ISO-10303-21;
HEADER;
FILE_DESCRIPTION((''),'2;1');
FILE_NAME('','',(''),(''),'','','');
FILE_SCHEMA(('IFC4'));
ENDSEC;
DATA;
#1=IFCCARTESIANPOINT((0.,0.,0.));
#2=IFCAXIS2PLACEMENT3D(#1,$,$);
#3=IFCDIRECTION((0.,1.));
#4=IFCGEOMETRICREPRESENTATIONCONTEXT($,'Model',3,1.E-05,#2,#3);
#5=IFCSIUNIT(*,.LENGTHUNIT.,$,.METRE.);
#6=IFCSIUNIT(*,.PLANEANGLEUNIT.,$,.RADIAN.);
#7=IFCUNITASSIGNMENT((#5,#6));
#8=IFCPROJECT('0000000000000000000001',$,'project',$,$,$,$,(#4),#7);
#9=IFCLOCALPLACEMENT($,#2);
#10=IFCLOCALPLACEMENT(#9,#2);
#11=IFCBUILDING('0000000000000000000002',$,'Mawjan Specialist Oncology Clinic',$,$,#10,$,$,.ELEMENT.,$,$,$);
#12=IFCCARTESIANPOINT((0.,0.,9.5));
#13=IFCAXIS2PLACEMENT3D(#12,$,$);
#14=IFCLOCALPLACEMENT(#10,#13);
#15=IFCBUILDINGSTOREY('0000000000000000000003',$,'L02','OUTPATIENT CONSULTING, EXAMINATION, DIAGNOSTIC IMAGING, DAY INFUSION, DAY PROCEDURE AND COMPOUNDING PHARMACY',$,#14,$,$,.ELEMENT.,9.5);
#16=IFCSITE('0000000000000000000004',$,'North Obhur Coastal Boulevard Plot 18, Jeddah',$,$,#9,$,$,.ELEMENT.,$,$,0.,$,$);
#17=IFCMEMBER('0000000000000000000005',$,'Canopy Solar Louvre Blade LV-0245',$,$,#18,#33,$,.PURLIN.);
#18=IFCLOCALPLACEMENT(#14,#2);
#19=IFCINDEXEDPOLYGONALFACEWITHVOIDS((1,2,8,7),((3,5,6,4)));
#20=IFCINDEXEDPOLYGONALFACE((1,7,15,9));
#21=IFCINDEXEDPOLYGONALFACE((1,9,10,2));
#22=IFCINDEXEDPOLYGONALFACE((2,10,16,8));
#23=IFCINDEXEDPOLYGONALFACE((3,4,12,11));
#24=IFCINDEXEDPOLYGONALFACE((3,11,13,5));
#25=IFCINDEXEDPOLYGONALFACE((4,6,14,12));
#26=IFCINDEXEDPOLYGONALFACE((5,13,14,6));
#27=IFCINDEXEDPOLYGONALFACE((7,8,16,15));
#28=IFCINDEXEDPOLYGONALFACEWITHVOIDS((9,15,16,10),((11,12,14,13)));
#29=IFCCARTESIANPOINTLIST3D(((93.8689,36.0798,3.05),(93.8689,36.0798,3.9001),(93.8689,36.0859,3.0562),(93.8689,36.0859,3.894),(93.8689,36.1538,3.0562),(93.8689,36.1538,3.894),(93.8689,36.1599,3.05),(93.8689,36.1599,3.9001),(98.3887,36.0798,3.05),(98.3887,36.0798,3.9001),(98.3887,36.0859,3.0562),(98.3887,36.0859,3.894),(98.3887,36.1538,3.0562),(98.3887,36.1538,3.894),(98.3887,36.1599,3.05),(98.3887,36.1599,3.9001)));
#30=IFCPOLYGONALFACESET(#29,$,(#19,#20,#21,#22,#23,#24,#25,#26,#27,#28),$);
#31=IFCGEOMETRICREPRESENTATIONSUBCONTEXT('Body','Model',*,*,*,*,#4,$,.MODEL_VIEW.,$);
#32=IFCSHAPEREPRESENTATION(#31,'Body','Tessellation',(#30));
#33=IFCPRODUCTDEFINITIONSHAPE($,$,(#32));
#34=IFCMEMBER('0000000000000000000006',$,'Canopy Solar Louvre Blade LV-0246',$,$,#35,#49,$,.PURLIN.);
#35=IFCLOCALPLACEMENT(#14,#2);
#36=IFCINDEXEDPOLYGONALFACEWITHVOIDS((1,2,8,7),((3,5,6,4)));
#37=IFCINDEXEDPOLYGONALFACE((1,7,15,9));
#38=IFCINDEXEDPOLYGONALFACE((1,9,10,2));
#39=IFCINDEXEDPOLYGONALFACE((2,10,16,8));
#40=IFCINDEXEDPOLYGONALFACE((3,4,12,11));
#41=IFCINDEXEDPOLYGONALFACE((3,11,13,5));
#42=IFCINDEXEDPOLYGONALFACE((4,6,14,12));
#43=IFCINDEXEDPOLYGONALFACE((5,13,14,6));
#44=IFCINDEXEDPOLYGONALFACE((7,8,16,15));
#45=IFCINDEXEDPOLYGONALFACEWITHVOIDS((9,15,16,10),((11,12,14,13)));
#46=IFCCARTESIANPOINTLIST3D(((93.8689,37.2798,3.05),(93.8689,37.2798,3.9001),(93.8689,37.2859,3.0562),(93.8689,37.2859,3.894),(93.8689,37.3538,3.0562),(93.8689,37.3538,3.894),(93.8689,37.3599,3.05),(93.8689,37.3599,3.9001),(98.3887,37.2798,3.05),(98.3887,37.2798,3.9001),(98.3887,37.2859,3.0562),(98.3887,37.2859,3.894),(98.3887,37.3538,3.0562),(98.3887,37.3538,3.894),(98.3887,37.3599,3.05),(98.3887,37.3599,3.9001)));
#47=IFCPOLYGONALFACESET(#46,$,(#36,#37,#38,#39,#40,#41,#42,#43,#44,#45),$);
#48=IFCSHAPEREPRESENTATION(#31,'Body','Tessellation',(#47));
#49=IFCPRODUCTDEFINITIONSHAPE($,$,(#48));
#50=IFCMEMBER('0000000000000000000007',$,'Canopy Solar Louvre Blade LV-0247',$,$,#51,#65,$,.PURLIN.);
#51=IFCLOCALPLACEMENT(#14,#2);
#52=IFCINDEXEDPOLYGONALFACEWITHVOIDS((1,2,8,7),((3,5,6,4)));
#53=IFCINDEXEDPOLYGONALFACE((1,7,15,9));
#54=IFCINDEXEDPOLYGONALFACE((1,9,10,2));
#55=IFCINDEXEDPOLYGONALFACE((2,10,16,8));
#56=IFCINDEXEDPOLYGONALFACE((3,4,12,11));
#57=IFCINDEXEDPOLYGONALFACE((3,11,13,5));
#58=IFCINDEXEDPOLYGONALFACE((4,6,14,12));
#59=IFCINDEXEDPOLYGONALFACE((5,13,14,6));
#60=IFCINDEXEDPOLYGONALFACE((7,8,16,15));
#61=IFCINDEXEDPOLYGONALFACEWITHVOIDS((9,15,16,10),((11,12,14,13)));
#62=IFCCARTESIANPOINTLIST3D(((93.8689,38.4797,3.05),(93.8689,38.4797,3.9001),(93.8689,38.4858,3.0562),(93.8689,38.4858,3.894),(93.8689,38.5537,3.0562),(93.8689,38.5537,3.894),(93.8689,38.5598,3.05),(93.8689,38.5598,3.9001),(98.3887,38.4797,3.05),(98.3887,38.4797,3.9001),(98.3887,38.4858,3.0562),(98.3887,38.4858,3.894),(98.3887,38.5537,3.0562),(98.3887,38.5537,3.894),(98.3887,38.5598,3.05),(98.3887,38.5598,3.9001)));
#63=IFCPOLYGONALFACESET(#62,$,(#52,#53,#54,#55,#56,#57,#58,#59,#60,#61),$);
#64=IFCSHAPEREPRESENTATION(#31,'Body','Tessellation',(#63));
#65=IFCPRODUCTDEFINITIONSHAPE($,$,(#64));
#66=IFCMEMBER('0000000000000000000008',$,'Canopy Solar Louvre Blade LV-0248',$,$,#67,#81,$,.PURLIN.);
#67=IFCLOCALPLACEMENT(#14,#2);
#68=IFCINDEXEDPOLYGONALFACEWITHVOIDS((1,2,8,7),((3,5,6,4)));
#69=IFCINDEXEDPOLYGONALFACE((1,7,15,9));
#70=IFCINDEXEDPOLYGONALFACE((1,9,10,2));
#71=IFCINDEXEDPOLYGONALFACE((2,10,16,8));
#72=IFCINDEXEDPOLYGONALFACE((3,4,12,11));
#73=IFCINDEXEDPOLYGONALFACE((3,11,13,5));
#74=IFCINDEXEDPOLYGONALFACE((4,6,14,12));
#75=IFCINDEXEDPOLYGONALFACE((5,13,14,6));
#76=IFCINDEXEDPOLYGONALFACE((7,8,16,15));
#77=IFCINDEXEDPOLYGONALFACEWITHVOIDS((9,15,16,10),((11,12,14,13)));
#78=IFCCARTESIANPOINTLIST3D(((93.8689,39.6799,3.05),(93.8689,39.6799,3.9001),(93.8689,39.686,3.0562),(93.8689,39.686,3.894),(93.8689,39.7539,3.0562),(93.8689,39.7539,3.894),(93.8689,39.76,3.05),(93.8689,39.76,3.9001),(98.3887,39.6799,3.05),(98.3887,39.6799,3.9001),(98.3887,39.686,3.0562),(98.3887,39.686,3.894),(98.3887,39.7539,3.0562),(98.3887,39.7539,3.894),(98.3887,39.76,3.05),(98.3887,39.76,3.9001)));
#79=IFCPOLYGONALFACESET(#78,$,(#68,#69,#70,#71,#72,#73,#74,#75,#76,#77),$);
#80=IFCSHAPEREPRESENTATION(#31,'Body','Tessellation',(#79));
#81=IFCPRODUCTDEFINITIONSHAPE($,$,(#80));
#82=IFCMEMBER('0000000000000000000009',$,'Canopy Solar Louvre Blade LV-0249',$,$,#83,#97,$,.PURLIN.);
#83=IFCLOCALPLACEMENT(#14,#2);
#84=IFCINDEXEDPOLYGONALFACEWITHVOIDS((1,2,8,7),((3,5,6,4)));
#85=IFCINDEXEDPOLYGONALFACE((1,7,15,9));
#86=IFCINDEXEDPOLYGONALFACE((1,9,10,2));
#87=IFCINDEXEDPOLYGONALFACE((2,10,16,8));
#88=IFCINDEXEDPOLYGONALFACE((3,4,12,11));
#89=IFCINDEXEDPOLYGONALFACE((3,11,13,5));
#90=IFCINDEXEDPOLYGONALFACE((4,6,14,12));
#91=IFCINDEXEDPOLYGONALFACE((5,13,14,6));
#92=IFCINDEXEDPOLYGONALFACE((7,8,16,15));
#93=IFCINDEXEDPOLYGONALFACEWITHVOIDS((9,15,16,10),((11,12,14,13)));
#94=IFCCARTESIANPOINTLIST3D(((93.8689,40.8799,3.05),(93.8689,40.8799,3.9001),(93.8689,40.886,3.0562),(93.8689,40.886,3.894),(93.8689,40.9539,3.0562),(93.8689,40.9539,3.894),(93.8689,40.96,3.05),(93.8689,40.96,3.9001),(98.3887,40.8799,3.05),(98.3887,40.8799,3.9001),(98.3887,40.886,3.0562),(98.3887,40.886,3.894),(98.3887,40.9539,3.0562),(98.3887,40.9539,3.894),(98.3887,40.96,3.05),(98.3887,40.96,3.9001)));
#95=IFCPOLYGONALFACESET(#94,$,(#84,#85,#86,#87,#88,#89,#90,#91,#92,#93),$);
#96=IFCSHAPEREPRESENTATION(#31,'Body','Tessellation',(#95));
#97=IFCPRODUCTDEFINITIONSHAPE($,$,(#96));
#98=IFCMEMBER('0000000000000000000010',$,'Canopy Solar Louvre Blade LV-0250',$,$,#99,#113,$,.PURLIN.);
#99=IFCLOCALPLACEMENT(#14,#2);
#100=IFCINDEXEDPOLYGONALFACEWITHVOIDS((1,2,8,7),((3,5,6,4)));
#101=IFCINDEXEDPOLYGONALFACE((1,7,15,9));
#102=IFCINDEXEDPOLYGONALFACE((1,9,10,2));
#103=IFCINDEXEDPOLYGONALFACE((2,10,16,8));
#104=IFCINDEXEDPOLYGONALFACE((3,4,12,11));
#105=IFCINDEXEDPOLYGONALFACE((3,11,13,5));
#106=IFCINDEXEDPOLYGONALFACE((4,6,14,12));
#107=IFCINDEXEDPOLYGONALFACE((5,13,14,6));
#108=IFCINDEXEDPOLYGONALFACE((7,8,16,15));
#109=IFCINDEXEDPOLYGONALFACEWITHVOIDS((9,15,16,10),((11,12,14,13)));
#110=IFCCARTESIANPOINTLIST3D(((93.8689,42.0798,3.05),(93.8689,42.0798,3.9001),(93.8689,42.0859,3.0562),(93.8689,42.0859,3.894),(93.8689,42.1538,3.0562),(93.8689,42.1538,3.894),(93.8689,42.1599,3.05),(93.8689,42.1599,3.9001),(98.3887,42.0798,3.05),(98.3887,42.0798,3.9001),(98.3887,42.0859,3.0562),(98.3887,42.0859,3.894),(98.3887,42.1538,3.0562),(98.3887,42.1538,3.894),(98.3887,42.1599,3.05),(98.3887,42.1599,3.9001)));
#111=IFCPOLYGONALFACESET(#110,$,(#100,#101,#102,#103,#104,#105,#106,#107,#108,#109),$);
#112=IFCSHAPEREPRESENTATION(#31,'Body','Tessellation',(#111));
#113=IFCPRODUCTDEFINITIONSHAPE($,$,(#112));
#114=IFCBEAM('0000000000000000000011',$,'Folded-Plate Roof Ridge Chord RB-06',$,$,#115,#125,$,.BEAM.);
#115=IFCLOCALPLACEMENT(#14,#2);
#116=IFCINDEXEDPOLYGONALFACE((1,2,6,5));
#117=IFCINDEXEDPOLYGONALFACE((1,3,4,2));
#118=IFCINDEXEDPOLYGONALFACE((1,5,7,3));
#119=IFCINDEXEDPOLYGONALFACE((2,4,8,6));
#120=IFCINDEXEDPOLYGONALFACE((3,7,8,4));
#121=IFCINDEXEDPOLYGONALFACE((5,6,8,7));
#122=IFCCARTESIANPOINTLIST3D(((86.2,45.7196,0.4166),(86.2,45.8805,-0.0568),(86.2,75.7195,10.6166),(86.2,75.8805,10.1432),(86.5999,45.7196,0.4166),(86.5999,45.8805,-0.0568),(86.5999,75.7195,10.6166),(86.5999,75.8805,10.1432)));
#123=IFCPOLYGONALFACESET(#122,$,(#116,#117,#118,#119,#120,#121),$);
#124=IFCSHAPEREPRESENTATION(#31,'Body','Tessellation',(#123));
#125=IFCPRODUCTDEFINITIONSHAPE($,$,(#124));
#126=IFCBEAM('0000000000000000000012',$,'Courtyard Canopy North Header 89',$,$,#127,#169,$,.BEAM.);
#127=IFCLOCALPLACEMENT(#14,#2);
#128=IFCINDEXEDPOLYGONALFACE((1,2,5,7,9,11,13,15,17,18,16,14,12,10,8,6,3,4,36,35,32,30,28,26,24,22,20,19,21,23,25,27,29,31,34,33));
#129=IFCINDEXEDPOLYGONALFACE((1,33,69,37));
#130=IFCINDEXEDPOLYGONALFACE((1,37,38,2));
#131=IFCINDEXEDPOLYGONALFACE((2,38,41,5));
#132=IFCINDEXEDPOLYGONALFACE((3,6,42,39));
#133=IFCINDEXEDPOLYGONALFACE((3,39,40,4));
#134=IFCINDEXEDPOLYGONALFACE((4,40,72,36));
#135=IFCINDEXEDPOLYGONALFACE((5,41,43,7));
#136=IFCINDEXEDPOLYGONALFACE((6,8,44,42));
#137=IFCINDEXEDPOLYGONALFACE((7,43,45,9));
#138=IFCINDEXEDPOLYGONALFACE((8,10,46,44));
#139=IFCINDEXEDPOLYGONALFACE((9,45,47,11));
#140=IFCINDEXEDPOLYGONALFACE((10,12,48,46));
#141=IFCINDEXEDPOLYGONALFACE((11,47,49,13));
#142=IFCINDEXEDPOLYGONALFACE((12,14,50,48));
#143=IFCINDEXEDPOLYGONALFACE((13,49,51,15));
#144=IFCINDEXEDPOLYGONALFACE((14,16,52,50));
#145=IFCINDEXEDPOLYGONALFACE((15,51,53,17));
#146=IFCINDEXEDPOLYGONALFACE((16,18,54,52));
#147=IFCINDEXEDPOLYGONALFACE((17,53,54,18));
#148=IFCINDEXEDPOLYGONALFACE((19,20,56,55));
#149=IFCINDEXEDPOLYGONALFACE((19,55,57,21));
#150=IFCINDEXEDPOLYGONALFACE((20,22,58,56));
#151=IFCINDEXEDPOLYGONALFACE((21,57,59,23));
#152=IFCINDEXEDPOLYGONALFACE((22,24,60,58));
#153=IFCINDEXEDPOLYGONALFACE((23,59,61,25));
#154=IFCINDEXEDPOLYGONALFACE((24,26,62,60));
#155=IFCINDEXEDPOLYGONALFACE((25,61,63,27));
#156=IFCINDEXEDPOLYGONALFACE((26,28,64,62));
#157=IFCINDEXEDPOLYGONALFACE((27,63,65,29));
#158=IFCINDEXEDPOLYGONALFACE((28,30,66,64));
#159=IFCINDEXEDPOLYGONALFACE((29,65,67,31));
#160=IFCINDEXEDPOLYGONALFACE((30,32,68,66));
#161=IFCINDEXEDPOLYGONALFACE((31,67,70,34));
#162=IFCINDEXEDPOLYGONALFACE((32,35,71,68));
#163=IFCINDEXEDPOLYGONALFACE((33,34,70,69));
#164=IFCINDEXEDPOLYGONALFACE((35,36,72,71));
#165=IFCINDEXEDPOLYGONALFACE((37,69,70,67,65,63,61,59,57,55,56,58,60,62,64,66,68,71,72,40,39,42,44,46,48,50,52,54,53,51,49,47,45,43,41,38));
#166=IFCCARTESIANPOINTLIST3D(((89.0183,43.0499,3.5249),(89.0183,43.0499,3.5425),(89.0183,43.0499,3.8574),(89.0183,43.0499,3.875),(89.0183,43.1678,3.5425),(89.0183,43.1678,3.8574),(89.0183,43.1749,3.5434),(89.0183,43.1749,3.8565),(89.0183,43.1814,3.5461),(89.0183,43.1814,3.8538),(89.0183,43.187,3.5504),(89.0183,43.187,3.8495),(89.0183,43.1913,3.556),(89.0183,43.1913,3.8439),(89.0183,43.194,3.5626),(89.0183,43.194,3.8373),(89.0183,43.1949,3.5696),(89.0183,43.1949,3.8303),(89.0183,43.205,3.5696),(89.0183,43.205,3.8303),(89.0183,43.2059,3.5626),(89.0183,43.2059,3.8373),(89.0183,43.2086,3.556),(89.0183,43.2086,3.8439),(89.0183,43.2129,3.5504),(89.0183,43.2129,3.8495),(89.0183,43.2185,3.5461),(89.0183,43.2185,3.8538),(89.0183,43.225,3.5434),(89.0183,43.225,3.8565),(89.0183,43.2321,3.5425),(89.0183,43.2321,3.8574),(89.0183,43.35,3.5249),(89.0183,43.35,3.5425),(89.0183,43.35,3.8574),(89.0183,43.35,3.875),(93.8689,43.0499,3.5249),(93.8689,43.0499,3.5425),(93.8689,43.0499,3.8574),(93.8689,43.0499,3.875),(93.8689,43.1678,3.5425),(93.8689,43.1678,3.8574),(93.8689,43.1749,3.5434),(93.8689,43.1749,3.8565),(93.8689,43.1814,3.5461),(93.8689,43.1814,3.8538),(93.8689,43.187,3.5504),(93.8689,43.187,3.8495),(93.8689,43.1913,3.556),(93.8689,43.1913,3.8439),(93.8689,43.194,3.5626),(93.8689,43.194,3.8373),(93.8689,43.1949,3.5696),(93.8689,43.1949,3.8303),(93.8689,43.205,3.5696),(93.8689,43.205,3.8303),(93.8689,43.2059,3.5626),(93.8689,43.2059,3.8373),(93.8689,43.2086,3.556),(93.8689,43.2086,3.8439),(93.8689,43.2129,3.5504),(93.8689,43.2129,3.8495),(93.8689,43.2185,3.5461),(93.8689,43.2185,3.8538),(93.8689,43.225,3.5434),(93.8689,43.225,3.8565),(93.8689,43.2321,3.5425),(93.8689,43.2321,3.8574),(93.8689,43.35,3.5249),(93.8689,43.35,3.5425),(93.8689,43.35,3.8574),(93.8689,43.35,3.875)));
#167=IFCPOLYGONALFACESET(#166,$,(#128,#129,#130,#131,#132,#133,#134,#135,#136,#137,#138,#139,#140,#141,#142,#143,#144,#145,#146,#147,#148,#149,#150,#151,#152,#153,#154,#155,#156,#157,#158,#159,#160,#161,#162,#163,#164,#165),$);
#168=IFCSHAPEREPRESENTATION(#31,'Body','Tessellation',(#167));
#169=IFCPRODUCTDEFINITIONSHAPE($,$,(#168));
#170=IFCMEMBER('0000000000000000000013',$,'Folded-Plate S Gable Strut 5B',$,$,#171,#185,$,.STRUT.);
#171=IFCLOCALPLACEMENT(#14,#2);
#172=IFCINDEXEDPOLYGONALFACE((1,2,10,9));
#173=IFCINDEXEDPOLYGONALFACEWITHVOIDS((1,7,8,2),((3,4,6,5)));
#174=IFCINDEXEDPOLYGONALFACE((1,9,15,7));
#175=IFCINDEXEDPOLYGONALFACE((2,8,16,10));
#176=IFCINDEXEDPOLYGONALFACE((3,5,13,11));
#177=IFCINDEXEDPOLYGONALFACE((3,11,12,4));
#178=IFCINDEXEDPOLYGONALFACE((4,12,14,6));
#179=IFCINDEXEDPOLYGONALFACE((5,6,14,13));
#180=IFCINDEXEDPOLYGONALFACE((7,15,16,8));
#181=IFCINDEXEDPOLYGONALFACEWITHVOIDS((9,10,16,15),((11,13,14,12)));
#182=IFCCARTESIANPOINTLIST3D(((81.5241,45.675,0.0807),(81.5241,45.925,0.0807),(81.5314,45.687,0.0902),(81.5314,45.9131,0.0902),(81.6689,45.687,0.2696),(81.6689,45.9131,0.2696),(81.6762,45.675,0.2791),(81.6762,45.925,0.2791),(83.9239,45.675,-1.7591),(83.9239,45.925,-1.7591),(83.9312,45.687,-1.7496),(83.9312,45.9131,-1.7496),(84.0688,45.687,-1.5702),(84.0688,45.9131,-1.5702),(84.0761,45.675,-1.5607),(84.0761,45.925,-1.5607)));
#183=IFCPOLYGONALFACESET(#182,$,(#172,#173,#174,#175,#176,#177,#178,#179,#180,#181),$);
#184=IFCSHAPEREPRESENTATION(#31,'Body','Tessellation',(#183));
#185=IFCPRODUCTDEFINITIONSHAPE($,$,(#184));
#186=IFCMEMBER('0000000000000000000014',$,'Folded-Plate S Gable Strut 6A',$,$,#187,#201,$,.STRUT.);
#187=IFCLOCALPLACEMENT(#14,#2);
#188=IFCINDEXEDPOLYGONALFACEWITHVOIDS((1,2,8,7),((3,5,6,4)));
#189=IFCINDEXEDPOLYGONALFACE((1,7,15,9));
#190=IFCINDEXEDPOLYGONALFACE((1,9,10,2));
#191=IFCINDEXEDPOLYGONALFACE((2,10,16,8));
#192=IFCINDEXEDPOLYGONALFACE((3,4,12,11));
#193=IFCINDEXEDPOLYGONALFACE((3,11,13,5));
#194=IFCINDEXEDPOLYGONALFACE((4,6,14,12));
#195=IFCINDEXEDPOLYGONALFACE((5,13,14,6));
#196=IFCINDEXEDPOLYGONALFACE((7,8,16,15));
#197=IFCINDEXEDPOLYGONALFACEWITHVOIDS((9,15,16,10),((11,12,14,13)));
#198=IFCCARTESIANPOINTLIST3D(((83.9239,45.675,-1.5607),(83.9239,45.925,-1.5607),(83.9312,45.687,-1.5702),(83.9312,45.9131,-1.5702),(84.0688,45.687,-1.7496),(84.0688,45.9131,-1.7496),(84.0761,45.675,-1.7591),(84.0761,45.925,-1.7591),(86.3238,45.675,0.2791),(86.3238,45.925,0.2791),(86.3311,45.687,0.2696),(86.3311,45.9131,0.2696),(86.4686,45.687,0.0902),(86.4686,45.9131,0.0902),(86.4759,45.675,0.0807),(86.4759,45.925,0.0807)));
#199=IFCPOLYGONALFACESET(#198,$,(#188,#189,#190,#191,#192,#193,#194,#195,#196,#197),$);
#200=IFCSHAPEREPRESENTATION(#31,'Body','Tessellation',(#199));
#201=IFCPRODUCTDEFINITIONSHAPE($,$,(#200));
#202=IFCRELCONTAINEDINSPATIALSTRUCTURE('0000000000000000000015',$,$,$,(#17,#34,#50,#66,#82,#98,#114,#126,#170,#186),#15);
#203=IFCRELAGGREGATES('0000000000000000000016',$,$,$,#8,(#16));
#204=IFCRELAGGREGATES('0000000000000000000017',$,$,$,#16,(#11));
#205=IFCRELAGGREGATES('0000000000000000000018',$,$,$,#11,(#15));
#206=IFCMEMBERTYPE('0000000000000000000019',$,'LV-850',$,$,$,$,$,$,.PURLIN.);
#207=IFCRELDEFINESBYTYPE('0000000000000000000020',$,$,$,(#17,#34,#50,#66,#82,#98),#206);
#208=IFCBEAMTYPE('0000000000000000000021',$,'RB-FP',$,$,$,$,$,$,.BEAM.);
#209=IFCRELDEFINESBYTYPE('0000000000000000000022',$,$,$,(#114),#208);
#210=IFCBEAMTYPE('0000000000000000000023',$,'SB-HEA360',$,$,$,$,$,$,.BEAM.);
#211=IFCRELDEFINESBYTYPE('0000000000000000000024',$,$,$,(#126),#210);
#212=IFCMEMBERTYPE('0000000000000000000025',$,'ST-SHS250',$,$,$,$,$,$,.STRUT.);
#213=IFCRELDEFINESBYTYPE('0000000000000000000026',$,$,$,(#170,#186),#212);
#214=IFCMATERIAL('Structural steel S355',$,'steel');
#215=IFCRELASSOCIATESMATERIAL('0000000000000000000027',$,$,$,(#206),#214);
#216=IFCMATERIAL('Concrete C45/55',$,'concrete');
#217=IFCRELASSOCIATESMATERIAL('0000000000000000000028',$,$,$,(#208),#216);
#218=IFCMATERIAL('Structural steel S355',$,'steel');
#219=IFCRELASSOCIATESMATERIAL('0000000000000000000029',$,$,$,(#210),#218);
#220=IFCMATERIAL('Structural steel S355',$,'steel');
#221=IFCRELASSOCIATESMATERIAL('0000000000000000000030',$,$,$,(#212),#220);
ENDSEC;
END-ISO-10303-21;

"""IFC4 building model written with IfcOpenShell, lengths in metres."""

from ifc_helpers import new_model, si_unit, direction, frame, origin, origin_2d, place, context, subcontext, project, spatial, rectangle, hollow_rectangle, i_section, extrude, material, material_profile, profile_set, type_object, element, save


model = new_model("IFC4")

# Units and contexts
model_context = context("Model", 3, precision=1e-05, world=origin(), true_north=direction((0.0, 1.0)))
body_context = subcontext(model_context, "Body", "Model", "MODEL_VIEW")
ifc_project = project(units=[si_unit("LENGTHUNIT", "METRE"), si_unit("PLANEANGLEUNIT", "RADIAN")], contexts=[model_context])

# Site, building, storey
site_placement = place(None, origin())
site = spatial("IfcSite", under=ifc_project, at=site_placement, Name="North Obhur Coastal Boulevard Plot 18, Jeddah", CompositionType="ELEMENT", RefElevation=0.0)
building_placement = place(site_placement, origin())
building = spatial("IfcBuilding", under=site, at=building_placement, Name="Mawjan Specialist Oncology Clinic", CompositionType="ELEMENT")
storey_placement = place(building_placement, frame((0.0, 0.0, 9.5)))
storey = spatial("IfcBuildingStorey", under=building, at=storey_placement, Name="L02", Description="OUTPATIENT CONSULTING, EXAMINATION, DIAGNOSTIC IMAGING, DAY INFUSION, DAY PROCEDURE AND COMPOUNDING PHARMACY", CompositionType="ELEMENT", Elevation=9.5)

# Members
ifc_material_1 = material(Name="Structural steel S355", Category="steel")
ifc_material_profile_1 = material_profile(ifc_material_1, hollow_rectangle(XDim=0.0801, YDim=0.8501, WallThickness=0.0061, at=origin_2d()), Name="LOUVRE 850x80x6", Category="steel")
ifc_profile_set_1 = profile_set([ifc_material_profile_1], Name="Structural steel S355")
member_type_1 = type_object("IfcMemberType", Name="LV-850", PredefinedType="PURLIN", material=ifc_profile_set_1)
for number, where, z_axis, x_axis, name in (
    (1, (93.8689, 36.1199, 3.4751), (1.0, 0.0, 0.0), (0.0, 1.0, 0.0), "Canopy Solar Louvre Blade LV-0245"),
    (2, (93.8689, 37.3198, 3.4751), (1.0, 0.0, 0.0), (0.0, 1.0, 0.0), "Canopy Solar Louvre Blade LV-0246"),
    (3, (93.8689, 38.5198, 3.4751), (1.0, 0.0, 0.0), (0.0, 1.0, 0.0), "Canopy Solar Louvre Blade LV-0247"),
    (4, (93.8689, 39.72, 3.4751), (1.0, 0.0, 0.0), (0.0, 1.0, 0.0), "Canopy Solar Louvre Blade LV-0248"),
    (5, (93.8689, 40.9199, 3.4751), (1.0, 0.0, 0.0), (0.0, 1.0, 0.0), "Canopy Solar Louvre Blade LV-0249"),
    (6, (93.8689, 42.1199, 3.4751), (1.0, 0.0, 0.0), (0.0, 1.0, 0.0), "Canopy Solar Louvre Blade LV-0250"),
):
    element("IfcMember", number, at=place(storey_placement, frame(where, z_axis=z_axis, x_axis=x_axis)), inside=storey, type_object=member_type_1, Name=name, PredefinedType="PURLIN", context=body_context, shape_type="SweptSolid", body=[
        extrude(hollow_rectangle(XDim=0.0801, YDim=0.8501, WallThickness=0.0061, at=origin_2d()), origin(), (0.0, 0.0, 1.0), 4.5198),
    ])

# Beams
ifc_material_2 = material(Name="Concrete C45/55", Category="concrete")
ifc_material_profile_2 = material_profile(ifc_material_2, rectangle(XDim=0.3999, YDim=0.5, at=origin_2d()), Name="RC CHORD 400x500", Category="concrete")
ifc_profile_set_2 = profile_set([ifc_material_profile_2], Name="Concrete C45/55")
beam_type_1 = type_object("IfcBeamType", Name="RB-FP", PredefinedType="BEAM", material=ifc_profile_set_2)
beam_1_placement = place(storey_placement, frame((86.3999, 45.8, 0.1799), z_axis=(0.0, 0.946773, 0.321901), x_axis=(-1.0, 0.0, 0.0)))
element("IfcBeam", 7, at=beam_1_placement, inside=storey, type_object=beam_type_1, Name="Folded-Plate Roof Ridge Chord RB-06", PredefinedType="BEAM", context=body_context, shape_type="SweptSolid", body=[
    extrude(rectangle(XDim=0.3999, YDim=0.5, at=origin_2d()), origin(), (0.0, 0.0, 1.0), 31.6865),
])
ifc_material_3 = material(Name="Structural steel S355", Category="steel")
ifc_material_profile_3 = material_profile(ifc_material_3, i_section(OverallWidth=0.3, OverallDepth=0.3501, WebThickness=0.01, FlangeThickness=0.0176, FilletRadius=0.0271, at=origin_2d()), Name="HEA 360", Category="steel")
ifc_profile_set_3 = profile_set([ifc_material_profile_3], Name="Structural steel S355")
beam_type_2 = type_object("IfcBeamType", Name="SB-HEA360", PredefinedType="BEAM", material=ifc_profile_set_3)
beam_2_placement = place(storey_placement, frame((89.0183, 43.2, 3.7), z_axis=(1.0, 0.0, 0.0), x_axis=(0.0, 1.0, 0.0)))
element("IfcBeam", 8, at=beam_2_placement, inside=storey, type_object=beam_type_2, Name="Courtyard Canopy North Header 89", PredefinedType="BEAM", context=body_context, shape_type="SweptSolid", body=[
    extrude(i_section(OverallWidth=0.3, OverallDepth=0.3501, WebThickness=0.01, FlangeThickness=0.0176, FilletRadius=0.0271, at=origin_2d()), origin(), (0.0, 0.0, 1.0), 4.8506),
])

# Members
ifc_material_4 = material(Name="Structural steel S355", Category="steel")
ifc_material_profile_4 = material_profile(ifc_material_4, hollow_rectangle(XDim=0.25, YDim=0.25, WallThickness=0.012, at=origin_2d()), Name="SHS 250x250x12", Category="steel")
ifc_profile_set_4 = profile_set([ifc_material_profile_4], Name="Structural steel S355")
member_type_2 = type_object("IfcMemberType", Name="ST-SHS250", PredefinedType="STRUT", material=ifc_profile_set_4)
for number, where, z_axis, x_axis, name in (
    (9, (84.0, 45.8, -1.6599), (-0.793619, 0.0, 0.608415), (0.0, -1.0, 0.0), "Folded-Plate S Gable Strut 5B"),
    (10, (84.0, 45.8, -1.6599), (0.793619, 0.0, 0.608415), (0.0, 1.0, 0.0), "Folded-Plate S Gable Strut 6A"),
):
    element("IfcMember", number, at=place(storey_placement, frame(where, z_axis=z_axis, x_axis=x_axis)), inside=storey, type_object=member_type_2, Name=name, PredefinedType="STRUT", context=body_context, shape_type="SweptSolid", body=[
        extrude(hollow_rectangle(XDim=0.25, YDim=0.25, WallThickness=0.012, at=origin_2d()), origin(), (0.0, 0.0, 1.0), 3.0239),
    ])

save(model, "model.ifc")
